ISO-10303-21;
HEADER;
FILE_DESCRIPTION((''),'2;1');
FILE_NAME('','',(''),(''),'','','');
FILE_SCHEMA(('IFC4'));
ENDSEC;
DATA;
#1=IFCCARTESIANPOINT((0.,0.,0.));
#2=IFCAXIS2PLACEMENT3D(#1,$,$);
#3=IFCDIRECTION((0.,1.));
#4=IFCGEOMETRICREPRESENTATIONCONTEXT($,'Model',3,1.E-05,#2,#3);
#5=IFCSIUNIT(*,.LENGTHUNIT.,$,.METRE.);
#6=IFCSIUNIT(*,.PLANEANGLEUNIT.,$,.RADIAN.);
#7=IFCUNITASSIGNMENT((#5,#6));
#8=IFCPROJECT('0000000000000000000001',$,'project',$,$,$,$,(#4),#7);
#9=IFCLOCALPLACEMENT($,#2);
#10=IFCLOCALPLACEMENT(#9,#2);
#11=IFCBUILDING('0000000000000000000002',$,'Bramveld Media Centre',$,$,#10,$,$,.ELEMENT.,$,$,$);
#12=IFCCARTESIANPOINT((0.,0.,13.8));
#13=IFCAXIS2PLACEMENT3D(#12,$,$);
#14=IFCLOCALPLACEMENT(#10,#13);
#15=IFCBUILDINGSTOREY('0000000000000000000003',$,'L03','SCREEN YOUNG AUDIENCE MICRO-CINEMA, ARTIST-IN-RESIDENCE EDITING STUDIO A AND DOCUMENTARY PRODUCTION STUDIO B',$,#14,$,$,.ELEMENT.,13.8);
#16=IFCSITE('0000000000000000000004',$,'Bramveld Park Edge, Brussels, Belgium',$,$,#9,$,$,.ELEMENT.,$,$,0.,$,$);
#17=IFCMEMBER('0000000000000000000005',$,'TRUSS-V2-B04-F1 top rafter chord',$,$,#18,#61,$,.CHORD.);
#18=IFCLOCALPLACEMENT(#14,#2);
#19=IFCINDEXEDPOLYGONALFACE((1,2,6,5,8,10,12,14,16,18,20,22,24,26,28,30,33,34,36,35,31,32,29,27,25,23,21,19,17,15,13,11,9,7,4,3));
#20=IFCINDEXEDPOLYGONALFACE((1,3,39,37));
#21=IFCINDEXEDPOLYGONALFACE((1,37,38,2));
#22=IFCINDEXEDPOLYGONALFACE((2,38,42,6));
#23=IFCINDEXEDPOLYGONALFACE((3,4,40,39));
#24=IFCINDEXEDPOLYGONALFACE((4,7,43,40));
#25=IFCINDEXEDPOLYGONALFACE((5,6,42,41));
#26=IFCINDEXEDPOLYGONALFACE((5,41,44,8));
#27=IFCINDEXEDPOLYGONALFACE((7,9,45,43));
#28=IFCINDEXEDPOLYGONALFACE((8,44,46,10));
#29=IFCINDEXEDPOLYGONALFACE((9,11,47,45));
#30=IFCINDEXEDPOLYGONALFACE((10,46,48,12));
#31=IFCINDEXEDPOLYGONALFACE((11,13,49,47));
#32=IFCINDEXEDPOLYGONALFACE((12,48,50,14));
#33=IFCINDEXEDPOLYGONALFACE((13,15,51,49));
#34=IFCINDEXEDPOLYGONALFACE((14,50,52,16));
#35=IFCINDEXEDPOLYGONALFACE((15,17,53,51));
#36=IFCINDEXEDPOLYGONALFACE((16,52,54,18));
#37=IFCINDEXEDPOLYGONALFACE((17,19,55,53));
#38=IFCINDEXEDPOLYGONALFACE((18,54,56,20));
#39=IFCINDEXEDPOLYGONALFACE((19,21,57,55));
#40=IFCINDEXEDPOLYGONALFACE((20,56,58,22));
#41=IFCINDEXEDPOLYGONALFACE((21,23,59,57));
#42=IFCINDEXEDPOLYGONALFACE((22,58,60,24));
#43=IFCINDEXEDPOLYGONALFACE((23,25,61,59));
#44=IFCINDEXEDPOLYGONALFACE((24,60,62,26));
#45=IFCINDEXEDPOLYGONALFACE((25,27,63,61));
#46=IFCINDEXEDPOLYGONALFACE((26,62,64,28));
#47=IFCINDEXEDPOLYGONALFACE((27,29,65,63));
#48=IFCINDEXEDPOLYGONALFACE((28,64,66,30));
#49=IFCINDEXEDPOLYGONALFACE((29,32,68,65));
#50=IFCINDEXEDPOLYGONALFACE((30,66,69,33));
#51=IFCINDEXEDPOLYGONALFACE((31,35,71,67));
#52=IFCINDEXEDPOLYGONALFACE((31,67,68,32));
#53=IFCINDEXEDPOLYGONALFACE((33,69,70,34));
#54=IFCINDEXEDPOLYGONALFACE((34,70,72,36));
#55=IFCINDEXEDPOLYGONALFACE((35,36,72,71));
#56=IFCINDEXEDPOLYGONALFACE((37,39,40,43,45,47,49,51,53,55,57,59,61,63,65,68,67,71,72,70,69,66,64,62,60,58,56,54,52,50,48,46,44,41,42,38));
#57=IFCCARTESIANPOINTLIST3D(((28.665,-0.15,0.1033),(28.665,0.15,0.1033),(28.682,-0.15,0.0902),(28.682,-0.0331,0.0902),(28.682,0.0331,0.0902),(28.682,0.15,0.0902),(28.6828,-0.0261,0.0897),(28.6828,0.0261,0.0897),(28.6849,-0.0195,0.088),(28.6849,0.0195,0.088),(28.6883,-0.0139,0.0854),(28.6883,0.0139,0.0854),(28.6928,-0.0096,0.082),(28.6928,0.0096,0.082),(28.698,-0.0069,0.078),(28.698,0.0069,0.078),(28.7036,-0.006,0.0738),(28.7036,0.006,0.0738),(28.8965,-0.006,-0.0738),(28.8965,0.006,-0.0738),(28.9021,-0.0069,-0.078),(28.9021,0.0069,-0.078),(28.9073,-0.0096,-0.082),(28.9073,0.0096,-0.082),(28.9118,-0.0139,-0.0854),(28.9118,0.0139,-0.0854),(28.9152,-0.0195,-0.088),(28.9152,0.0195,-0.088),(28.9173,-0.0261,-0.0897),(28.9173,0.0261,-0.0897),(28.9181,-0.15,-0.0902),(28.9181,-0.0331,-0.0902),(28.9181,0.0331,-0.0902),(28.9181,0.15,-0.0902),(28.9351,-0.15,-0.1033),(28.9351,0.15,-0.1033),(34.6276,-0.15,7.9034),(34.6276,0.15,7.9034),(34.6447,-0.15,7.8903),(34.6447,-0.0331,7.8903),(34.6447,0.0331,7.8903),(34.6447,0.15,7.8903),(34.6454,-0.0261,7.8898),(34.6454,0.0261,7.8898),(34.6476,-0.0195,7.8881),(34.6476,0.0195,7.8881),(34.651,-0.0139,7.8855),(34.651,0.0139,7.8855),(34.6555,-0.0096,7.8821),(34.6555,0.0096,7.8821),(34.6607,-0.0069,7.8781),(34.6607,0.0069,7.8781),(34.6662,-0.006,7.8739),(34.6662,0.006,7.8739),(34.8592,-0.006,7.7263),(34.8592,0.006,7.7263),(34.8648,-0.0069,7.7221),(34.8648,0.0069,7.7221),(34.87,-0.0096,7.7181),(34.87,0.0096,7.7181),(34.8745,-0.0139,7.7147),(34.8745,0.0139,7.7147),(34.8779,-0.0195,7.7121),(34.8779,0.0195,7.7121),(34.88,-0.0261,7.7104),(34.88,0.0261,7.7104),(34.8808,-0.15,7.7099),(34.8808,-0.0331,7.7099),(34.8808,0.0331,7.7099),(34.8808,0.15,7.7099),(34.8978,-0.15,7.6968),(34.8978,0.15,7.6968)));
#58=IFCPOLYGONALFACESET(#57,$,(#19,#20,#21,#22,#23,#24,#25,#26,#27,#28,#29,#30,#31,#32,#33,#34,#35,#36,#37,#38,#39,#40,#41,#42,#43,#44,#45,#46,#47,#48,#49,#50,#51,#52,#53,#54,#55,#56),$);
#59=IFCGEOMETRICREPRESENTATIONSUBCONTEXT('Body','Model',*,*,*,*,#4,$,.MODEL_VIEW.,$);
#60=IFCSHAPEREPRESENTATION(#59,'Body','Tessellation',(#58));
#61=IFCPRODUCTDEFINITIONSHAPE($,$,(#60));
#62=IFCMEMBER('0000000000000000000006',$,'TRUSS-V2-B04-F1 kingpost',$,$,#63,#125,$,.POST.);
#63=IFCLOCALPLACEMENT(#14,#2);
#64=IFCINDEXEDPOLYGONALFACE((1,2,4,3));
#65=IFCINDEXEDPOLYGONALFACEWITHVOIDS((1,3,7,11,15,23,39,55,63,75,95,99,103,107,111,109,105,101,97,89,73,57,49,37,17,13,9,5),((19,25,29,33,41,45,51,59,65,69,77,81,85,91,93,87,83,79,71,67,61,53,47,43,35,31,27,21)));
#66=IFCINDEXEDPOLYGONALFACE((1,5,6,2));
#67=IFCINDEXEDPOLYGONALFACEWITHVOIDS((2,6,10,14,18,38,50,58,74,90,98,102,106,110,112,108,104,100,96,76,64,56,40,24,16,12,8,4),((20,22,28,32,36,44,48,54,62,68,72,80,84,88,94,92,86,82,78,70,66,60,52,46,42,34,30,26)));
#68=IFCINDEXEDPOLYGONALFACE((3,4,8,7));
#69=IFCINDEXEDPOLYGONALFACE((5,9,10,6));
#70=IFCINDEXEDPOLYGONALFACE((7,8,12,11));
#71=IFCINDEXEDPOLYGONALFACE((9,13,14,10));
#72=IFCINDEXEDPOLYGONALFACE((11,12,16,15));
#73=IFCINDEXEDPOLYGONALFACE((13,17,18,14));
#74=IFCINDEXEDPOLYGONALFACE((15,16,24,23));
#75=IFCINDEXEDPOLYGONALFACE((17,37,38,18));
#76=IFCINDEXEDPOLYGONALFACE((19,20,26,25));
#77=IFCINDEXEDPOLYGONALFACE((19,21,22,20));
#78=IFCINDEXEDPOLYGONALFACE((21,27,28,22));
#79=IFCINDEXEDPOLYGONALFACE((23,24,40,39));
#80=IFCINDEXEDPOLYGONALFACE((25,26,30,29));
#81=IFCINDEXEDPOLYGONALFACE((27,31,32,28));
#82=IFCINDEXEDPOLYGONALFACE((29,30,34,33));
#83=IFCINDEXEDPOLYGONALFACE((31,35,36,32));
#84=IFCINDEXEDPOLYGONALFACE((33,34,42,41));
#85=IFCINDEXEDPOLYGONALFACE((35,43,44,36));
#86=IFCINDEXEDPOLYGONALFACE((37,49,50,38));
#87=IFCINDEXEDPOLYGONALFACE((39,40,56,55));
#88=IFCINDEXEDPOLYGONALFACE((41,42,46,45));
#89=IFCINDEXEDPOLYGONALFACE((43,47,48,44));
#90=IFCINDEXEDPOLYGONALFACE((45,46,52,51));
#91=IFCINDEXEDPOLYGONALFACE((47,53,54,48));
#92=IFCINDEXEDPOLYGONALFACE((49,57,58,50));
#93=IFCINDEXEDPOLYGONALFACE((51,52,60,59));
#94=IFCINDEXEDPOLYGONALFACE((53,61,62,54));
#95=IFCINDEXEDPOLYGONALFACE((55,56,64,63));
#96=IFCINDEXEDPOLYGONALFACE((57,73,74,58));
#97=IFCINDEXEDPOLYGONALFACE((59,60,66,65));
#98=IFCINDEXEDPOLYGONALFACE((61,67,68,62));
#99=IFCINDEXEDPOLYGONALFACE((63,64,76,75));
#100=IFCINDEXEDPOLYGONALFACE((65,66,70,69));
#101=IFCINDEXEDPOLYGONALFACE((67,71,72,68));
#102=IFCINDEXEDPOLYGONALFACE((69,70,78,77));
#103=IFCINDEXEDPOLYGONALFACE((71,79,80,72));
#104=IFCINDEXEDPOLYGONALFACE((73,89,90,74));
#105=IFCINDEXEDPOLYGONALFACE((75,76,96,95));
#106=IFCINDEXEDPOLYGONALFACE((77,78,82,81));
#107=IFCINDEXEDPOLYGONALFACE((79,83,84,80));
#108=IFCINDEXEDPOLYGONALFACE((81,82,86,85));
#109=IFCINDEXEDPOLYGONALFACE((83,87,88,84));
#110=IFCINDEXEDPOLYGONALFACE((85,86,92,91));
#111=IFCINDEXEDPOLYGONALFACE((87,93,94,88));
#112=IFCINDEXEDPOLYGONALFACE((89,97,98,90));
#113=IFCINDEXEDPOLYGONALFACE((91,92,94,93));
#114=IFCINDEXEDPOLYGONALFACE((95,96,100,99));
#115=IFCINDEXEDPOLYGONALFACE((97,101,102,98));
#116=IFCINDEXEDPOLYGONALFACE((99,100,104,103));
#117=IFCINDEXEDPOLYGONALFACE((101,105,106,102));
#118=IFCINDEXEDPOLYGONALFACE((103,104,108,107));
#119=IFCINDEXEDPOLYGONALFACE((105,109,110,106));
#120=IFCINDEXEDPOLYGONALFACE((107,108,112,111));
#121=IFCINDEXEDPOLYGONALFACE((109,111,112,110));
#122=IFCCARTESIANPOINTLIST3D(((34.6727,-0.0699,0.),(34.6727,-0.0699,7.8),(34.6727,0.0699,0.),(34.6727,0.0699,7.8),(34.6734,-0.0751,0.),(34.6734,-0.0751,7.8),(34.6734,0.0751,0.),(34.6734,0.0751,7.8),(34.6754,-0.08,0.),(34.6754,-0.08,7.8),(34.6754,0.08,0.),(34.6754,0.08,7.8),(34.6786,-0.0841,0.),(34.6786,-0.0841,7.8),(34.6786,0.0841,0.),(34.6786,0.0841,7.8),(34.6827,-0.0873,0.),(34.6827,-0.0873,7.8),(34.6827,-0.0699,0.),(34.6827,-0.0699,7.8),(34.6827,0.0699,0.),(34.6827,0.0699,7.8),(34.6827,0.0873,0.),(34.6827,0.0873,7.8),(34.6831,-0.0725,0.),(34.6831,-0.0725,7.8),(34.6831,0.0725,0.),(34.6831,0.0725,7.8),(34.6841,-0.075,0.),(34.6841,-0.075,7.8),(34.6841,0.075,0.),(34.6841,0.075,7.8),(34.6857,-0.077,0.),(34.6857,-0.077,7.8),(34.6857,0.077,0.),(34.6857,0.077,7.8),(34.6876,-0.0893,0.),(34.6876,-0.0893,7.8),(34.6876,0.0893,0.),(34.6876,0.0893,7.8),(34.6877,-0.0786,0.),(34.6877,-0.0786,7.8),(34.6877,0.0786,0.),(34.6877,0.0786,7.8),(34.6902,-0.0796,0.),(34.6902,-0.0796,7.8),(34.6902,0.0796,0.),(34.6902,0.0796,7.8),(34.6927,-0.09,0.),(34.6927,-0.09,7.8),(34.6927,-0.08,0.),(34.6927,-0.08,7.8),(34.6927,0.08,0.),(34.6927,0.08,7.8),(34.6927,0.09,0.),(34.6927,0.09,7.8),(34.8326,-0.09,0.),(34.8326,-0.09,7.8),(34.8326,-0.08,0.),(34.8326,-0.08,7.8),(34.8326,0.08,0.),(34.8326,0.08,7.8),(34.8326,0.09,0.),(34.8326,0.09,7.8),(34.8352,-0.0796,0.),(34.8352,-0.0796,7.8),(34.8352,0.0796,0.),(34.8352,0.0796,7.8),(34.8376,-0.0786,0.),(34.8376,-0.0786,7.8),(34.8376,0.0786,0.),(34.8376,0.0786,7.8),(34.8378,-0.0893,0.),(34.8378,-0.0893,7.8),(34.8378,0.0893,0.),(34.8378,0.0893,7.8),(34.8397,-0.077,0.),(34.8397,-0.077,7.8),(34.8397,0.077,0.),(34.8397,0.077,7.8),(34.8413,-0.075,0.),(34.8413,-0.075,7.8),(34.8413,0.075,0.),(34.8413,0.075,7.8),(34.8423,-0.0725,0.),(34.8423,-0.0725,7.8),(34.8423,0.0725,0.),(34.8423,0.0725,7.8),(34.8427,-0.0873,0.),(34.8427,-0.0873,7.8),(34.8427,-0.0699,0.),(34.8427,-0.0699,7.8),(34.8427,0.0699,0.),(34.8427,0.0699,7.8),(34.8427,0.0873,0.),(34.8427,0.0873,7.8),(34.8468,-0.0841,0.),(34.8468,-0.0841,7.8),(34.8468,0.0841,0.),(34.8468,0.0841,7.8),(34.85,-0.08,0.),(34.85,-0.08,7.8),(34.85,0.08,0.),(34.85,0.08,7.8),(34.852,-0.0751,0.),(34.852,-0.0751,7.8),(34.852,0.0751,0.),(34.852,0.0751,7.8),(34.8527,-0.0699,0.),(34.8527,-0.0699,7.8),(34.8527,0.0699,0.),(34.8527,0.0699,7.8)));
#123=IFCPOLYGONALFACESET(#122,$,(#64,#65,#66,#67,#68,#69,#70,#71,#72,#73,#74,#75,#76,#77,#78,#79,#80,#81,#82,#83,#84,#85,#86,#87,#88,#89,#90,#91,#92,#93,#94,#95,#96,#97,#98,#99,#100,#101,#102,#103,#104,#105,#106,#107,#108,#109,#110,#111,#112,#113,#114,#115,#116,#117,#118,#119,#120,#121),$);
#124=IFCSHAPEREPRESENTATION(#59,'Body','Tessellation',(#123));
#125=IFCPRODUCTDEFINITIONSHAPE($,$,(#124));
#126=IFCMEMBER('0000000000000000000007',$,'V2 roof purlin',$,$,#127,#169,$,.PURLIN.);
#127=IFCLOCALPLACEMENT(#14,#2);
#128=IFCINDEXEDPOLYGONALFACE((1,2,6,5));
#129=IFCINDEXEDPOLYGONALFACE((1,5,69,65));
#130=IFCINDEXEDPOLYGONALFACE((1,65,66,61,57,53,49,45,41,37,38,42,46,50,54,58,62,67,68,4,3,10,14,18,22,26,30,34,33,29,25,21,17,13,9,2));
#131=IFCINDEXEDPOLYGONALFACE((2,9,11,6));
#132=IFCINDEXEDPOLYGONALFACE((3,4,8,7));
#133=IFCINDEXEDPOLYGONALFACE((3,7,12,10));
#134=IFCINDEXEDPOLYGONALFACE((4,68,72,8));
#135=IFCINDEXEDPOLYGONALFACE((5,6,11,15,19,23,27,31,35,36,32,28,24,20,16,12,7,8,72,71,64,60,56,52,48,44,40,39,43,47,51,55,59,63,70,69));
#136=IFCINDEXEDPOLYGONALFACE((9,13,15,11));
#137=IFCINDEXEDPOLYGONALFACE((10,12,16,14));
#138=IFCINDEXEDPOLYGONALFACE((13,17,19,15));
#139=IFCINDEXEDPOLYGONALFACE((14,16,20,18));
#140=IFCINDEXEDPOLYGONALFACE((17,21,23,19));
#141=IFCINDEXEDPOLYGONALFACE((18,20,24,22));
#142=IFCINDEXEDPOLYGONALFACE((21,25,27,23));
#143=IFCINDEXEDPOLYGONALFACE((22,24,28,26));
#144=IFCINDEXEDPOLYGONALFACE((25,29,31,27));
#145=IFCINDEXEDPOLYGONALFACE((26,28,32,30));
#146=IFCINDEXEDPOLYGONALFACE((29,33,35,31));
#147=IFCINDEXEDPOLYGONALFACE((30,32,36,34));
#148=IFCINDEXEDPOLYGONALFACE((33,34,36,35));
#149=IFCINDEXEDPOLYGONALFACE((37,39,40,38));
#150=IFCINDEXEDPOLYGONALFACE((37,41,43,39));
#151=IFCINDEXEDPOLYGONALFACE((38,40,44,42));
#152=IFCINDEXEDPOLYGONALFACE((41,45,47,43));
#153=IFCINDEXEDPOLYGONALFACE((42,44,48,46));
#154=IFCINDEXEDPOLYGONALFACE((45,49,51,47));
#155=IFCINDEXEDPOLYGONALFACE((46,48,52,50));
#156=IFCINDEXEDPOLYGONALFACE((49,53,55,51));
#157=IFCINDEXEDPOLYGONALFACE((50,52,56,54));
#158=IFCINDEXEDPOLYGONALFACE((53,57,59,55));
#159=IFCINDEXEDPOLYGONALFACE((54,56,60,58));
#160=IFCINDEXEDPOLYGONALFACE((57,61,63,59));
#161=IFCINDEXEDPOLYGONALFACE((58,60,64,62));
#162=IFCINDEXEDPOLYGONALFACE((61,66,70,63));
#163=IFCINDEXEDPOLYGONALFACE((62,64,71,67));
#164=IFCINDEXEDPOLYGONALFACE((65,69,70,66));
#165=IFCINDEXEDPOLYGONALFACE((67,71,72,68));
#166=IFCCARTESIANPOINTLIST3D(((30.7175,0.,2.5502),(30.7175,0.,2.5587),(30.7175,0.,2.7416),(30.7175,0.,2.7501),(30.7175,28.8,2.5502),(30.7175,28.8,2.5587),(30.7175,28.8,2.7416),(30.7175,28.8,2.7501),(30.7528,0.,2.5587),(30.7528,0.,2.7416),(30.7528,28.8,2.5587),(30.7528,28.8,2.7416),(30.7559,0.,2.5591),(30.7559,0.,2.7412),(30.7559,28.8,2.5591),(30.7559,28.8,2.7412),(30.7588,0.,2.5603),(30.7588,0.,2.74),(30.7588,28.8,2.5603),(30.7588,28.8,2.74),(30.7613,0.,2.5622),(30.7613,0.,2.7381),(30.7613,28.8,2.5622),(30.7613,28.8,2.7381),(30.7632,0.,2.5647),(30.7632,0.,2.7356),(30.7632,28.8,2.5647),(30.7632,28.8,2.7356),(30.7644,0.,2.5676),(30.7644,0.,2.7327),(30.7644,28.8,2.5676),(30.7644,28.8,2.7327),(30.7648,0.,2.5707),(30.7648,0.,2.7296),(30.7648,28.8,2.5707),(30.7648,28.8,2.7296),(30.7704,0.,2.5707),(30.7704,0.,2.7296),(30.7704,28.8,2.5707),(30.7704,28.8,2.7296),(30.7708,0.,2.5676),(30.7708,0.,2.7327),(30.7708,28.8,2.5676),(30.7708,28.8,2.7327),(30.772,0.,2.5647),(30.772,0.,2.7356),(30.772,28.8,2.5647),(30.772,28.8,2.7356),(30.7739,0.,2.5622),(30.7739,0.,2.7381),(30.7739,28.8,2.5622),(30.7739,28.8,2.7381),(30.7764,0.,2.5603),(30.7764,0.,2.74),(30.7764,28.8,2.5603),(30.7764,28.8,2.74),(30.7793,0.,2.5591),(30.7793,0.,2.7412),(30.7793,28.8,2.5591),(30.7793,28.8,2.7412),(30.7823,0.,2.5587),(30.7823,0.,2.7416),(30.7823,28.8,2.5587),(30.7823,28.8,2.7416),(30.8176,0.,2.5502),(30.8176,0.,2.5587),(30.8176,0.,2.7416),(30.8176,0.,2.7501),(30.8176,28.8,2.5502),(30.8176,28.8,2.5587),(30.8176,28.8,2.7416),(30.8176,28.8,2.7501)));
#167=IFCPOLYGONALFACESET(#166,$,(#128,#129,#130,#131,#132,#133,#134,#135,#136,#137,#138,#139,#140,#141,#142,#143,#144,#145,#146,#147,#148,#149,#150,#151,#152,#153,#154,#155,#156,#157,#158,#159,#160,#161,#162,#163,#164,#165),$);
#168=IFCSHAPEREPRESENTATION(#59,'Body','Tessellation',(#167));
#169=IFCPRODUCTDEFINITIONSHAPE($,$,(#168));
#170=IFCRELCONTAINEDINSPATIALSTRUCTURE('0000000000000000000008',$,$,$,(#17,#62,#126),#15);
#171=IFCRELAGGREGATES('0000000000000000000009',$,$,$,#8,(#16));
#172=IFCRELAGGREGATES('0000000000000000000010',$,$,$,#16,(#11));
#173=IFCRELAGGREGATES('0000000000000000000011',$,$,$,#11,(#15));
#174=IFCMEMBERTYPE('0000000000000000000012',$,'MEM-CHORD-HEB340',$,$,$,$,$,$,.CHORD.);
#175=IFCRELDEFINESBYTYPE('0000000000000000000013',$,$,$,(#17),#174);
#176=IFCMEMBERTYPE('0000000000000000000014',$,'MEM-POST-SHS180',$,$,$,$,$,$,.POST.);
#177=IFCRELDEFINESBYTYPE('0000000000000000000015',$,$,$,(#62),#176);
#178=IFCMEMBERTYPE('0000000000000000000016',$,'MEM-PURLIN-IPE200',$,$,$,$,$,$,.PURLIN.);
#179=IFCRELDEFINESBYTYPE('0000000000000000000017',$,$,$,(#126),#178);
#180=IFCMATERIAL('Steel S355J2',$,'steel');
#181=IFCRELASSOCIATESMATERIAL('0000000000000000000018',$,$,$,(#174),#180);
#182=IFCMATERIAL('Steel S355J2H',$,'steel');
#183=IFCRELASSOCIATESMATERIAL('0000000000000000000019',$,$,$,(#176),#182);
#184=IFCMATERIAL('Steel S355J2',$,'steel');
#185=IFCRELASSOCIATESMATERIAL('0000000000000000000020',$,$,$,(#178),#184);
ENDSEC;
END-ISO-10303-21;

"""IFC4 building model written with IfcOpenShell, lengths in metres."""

from ifc_helpers import new_model, si_unit, direction, frame, origin, origin_2d, place, context, subcontext, project, spatial, hollow_rectangle, i_section, extrude, material, material_profile, profile_set, type_object, element, save


model = new_model("IFC4")

# Units and contexts
model_context = context("Model", 3, precision=1e-05, world=origin(), true_north=direction((0.0, 1.0)))
body_context = subcontext(model_context, "Body", "Model", "MODEL_VIEW")
ifc_project = project(units=[si_unit("LENGTHUNIT", "METRE"), si_unit("PLANEANGLEUNIT", "RADIAN")], contexts=[model_context])

# Site, building, storey
site_placement = place(None, origin())
site = spatial("IfcSite", under=ifc_project, at=site_placement, Name="Bramveld Park Edge, Brussels, Belgium", CompositionType="ELEMENT", RefElevation=0.0)
building_placement = place(site_placement, origin())
building = spatial("IfcBuilding", under=site, at=building_placement, Name="Bramveld Media Centre", CompositionType="ELEMENT")
storey_placement = place(building_placement, frame((0.0, 0.0, 13.8)))
storey = spatial("IfcBuildingStorey", under=building, at=storey_placement, Name="L03", Description="SCREEN YOUNG AUDIENCE MICRO-CINEMA, ARTIST-IN-RESIDENCE EDITING STUDIO A AND DOCUMENTARY PRODUCTION STUDIO B", CompositionType="ELEMENT", Elevation=13.8)

# Members
ifc_material_1 = material(Name="Steel S355J2", Category="steel")
ifc_material_profile_1 = material_profile(ifc_material_1, i_section(OverallWidth=0.3, OverallDepth=0.3401, WebThickness=0.012, FlangeThickness=0.0215, FilletRadius=0.0271, at=origin_2d()), Name="HEB 340")
ifc_profile_set_1 = profile_set([ifc_material_profile_1], Name="Steel S355J2")
member_type_1 = type_object("IfcMemberType", Name="MEM-CHORD-HEB340", PredefinedType="CHORD", material=ifc_profile_set_1)
member_1_placement = place(storey_placement, frame((28.8, 0.0, 0.0), z_axis=(0.607315, 0.0, 0.794461), x_axis=(0.0, 1.0, 0.0)))
element("IfcMember", 1, at=member_1_placement, inside=storey, type_object=member_type_1, Name="TRUSS-V2-B04-F1 top rafter chord", PredefinedType="CHORD", context=body_context, shape_type="SweptSolid", body=[
    extrude(i_section(OverallWidth=0.3, OverallDepth=0.3401, WebThickness=0.012, FlangeThickness=0.0215, FilletRadius=0.0271, at=origin_2d()), origin(), (0.0, 0.0, 1.0), 9.8181),
])
ifc_material_2 = material(Name="Steel S355J2H", Category="steel")
ifc_material_profile_2 = material_profile(ifc_material_2, hollow_rectangle(XDim=0.1799, YDim=0.1799, WallThickness=0.01, InnerFilletRadius=0.01, OuterFilletRadius=0.02, at=origin_2d()), Name="SHS 180x180x10")
ifc_profile_set_2 = profile_set([ifc_material_profile_2], Name="Steel S355J2H")
member_type_2 = type_object("IfcMemberType", Name="MEM-POST-SHS180", PredefinedType="POST", material=ifc_profile_set_2)
member_2_placement = place(storey_placement, frame((34.7627, 0.0, 0.0), z_axis=(0.0, 0.0, 1.0), x_axis=(1.0, 0.0, 0.0)))
element("IfcMember", 2, at=member_2_placement, inside=storey, type_object=member_type_2, Name="TRUSS-V2-B04-F1 kingpost", PredefinedType="POST", context=body_context, shape_type="SweptSolid", body=[
    extrude(hollow_rectangle(XDim=0.1799, YDim=0.1799, WallThickness=0.01, InnerFilletRadius=0.01, OuterFilletRadius=0.02, at=origin_2d()), origin(), (0.0, 0.0, 1.0), 7.8),
])
ifc_material_3 = material(Name="Steel S355J2", Category="steel")
ifc_material_profile_3 = material_profile(ifc_material_3, i_section(OverallWidth=0.1001, OverallDepth=0.2, WebThickness=0.0056, FlangeThickness=0.0085, FilletRadius=0.012, at=origin_2d()), Name="IPE 200")
ifc_profile_set_3 = profile_set([ifc_material_profile_3], Name="Steel S355J2")
member_type_3 = type_object("IfcMemberType", Name="MEM-PURLIN-IPE200", PredefinedType="PURLIN", material=ifc_profile_set_3)
member_3_placement = place(storey_placement, frame((30.7676, 0.0, 2.6501), z_axis=(0.0, 1.0, 0.0), x_axis=(-1.0, 0.0, 0.0)))
element("IfcMember", 3, at=member_3_placement, inside=storey, type_object=member_type_3, Name="V2 roof purlin", PredefinedType="PURLIN", context=body_context, shape_type="SweptSolid", body=[
    extrude(i_section(OverallWidth=0.1001, OverallDepth=0.2, WebThickness=0.0056, FlangeThickness=0.0085, FilletRadius=0.012, at=origin_2d()), origin(), (0.0, 0.0, 1.0), 28.8),
])

save(model, "model.ifc")
